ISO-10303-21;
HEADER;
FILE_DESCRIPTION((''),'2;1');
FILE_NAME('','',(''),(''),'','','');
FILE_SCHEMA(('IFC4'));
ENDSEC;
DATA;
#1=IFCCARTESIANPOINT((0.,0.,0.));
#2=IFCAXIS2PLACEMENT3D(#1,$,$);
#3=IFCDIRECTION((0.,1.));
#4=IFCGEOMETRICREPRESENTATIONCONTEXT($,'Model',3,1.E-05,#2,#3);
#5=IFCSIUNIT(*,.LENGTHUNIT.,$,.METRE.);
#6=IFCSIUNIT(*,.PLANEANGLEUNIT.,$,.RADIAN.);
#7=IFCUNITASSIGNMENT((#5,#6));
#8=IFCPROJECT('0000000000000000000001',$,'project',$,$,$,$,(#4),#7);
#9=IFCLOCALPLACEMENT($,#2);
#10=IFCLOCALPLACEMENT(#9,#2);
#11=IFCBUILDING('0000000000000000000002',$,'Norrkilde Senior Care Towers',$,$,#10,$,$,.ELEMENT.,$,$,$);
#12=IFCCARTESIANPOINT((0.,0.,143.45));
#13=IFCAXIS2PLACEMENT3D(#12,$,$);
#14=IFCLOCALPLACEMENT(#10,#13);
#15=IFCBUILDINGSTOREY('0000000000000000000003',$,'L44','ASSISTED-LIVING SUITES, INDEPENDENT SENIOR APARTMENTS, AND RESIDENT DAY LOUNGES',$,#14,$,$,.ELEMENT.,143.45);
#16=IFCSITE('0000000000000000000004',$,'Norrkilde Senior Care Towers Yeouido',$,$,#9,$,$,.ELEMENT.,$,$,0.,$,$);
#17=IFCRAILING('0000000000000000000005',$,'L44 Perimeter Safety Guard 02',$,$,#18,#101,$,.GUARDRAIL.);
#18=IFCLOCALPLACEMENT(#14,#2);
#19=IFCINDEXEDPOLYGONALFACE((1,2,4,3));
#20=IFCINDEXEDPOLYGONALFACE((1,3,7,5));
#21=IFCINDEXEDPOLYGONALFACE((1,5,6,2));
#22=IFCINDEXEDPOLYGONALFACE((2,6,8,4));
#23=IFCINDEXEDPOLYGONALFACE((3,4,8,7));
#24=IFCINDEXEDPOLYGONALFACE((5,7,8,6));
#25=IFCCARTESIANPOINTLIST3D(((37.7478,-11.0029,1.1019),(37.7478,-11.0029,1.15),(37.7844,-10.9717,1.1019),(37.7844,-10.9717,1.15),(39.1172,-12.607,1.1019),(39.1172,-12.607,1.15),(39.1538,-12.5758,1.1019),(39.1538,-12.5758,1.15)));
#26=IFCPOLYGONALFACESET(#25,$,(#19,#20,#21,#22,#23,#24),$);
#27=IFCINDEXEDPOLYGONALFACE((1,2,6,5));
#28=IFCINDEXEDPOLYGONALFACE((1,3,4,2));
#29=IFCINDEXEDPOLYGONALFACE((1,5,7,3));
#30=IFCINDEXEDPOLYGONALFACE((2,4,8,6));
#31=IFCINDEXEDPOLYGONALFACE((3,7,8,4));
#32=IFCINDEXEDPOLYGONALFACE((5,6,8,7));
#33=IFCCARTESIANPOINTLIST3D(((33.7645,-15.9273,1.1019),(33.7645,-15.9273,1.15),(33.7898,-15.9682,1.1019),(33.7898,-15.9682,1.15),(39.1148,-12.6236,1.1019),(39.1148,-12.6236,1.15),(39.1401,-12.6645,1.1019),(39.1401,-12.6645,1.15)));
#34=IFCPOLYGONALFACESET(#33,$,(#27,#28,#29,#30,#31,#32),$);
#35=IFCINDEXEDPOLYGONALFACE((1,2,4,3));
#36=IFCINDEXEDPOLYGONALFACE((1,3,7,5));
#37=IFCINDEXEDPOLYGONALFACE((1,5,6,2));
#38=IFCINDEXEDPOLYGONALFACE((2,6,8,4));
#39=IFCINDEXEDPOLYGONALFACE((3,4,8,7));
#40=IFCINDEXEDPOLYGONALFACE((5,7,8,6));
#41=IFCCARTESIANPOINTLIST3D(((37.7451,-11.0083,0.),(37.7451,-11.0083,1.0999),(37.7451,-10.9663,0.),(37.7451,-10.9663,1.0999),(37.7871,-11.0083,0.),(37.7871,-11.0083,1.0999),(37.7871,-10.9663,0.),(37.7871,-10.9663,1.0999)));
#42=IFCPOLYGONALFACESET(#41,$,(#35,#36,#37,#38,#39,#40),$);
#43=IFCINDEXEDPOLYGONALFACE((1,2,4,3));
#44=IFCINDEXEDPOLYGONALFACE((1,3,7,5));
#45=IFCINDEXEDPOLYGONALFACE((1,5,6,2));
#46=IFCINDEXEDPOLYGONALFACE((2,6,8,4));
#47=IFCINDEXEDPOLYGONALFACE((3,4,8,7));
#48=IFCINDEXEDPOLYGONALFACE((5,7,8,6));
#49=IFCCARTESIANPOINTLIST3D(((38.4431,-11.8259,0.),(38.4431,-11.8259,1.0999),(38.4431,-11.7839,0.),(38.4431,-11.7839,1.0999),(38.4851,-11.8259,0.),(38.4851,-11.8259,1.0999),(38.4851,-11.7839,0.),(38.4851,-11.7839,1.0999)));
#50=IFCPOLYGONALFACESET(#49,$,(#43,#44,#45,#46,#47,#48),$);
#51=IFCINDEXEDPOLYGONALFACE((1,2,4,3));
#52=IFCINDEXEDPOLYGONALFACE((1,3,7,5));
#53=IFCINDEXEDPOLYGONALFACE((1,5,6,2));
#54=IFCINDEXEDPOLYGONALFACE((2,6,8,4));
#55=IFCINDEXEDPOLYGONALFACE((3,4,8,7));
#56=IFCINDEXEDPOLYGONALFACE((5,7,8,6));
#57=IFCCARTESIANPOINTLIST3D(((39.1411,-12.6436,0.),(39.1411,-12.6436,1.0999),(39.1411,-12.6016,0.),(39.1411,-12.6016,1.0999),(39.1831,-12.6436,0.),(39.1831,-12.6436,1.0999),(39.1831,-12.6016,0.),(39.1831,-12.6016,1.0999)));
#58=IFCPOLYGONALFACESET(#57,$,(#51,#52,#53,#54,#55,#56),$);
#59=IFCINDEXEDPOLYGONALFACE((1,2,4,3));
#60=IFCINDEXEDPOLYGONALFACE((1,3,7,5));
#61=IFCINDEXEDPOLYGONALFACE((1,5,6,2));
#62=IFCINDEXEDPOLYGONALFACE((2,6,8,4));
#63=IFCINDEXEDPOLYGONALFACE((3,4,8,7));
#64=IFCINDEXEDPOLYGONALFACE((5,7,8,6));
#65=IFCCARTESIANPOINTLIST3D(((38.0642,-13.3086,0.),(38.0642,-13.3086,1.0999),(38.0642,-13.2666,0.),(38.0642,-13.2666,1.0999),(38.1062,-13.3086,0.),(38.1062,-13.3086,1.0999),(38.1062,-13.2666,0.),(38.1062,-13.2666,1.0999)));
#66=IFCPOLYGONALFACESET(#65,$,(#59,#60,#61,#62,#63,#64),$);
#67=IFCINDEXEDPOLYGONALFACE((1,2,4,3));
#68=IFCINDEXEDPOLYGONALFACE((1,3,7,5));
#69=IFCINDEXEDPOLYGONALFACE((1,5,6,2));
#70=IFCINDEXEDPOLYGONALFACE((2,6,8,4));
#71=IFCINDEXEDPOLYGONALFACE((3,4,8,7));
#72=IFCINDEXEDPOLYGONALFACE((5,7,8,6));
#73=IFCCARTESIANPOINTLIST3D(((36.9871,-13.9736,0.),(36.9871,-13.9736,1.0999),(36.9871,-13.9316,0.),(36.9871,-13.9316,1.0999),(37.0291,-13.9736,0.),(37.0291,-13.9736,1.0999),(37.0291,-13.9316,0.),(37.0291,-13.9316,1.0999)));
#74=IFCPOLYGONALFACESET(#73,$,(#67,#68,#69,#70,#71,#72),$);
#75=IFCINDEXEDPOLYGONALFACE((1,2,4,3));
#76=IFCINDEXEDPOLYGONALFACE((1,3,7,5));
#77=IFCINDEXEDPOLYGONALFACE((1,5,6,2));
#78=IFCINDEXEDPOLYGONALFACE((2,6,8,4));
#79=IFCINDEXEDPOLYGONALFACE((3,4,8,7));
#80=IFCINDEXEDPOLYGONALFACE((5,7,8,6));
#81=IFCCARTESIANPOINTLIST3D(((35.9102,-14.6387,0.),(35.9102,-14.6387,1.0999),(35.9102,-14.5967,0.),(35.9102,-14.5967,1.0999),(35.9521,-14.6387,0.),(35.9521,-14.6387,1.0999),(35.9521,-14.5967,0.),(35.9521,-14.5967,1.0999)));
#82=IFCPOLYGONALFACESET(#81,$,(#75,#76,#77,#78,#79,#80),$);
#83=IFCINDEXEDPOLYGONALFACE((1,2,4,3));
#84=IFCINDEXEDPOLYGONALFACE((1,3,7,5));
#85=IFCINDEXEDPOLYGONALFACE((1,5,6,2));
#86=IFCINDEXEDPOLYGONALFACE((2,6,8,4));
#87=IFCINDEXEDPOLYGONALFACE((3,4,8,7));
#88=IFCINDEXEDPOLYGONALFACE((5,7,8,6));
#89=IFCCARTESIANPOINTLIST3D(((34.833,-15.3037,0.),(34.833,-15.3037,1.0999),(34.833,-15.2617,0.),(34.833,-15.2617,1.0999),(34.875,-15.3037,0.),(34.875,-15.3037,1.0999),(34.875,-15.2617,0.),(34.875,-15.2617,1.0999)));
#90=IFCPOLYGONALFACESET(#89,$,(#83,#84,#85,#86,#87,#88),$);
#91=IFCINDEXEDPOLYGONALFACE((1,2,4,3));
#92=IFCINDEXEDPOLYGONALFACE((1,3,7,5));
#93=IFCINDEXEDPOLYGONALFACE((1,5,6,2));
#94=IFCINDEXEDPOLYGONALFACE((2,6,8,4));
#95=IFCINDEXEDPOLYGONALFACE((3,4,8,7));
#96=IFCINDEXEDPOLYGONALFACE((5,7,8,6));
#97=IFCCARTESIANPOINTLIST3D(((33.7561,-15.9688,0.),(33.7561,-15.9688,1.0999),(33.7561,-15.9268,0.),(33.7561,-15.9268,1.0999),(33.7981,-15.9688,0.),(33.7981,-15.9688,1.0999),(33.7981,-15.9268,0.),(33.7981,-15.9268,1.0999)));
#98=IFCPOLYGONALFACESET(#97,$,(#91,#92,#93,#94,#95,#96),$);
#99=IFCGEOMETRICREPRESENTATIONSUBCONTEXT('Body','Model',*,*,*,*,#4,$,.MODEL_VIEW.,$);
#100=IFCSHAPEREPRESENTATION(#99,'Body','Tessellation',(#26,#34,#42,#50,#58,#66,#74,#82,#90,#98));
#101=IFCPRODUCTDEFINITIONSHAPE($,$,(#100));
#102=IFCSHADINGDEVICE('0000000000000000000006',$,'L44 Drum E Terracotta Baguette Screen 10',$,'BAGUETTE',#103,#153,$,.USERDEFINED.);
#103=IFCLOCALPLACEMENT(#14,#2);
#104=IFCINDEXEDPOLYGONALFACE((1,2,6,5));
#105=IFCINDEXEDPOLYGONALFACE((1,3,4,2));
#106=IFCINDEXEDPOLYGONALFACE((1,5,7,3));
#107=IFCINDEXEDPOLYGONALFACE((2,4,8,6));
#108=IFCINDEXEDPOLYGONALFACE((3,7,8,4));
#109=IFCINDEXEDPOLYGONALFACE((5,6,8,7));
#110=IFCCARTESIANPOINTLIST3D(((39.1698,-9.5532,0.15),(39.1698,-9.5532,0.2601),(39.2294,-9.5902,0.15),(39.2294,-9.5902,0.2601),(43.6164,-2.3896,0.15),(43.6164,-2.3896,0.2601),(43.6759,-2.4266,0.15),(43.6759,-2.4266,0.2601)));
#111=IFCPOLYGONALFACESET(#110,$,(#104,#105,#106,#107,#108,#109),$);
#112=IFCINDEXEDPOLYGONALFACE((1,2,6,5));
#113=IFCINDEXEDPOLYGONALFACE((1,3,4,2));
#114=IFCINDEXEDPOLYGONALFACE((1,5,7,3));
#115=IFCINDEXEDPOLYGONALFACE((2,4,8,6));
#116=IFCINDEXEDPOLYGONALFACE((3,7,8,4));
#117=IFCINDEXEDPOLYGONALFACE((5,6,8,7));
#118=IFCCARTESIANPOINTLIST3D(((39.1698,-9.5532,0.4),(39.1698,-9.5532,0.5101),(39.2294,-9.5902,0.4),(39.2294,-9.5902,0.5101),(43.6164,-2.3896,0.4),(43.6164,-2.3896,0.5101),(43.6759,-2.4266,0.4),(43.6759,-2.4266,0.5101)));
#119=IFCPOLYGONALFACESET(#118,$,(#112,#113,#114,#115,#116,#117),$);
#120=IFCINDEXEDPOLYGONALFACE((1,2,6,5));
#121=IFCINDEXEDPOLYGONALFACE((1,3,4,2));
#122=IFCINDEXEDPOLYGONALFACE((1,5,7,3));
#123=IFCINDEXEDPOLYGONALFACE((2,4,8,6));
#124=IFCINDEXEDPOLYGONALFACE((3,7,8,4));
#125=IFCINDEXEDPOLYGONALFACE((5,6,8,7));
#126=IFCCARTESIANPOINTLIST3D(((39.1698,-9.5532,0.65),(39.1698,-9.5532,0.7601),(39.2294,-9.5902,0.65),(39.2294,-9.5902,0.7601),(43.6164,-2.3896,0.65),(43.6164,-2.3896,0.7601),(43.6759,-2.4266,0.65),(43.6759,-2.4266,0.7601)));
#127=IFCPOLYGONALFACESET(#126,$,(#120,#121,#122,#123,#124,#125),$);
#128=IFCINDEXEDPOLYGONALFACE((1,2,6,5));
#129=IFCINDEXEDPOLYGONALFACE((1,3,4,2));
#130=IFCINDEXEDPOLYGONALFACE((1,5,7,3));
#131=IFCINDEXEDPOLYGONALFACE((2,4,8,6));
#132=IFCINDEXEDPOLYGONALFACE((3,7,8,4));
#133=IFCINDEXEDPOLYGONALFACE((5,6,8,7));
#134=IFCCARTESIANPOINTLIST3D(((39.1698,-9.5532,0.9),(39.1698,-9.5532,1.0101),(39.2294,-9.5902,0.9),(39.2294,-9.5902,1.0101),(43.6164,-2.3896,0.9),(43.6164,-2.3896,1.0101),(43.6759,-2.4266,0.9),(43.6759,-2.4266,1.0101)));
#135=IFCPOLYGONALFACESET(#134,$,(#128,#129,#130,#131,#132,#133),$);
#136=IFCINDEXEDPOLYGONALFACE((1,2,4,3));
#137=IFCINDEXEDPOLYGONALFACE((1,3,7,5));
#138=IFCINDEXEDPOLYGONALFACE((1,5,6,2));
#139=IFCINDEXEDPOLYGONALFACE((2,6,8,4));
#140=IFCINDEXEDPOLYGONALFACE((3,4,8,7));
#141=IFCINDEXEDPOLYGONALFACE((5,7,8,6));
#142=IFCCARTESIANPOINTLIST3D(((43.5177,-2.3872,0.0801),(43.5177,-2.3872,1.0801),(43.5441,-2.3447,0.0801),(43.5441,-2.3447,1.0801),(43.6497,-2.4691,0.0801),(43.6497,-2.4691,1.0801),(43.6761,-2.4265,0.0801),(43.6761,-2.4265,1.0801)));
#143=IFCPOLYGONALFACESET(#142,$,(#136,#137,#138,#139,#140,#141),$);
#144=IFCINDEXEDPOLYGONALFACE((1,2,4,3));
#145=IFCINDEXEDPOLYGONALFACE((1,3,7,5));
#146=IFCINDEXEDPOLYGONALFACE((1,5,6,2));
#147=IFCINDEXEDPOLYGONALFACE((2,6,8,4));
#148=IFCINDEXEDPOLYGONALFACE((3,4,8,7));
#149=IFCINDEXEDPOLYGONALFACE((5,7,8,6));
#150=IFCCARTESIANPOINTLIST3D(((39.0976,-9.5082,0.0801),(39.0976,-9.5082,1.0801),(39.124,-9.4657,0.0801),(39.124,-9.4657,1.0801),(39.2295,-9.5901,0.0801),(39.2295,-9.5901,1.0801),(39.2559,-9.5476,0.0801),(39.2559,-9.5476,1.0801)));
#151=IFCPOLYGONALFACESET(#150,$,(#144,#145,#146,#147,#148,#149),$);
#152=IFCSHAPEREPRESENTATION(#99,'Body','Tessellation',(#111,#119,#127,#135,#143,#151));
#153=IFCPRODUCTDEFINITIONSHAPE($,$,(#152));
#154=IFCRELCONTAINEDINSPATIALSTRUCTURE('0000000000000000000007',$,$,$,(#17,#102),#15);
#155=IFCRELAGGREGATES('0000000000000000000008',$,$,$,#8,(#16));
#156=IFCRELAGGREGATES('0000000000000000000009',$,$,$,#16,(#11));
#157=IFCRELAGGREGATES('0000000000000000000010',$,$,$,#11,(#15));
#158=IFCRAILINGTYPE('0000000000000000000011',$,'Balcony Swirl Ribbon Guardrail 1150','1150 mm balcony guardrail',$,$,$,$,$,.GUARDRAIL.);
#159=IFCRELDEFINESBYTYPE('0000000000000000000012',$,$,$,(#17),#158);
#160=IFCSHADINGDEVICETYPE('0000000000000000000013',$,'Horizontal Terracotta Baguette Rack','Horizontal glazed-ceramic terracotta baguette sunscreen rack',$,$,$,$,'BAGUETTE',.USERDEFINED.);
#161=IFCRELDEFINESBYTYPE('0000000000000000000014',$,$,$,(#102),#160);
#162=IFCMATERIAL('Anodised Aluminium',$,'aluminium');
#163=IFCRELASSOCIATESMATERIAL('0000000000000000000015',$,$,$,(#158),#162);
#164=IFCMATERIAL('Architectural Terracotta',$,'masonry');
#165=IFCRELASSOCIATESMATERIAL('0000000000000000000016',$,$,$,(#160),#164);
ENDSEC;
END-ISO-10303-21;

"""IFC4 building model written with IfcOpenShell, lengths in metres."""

from ifc_helpers import new_model, si_unit, direction, frame, origin, origin_2d, place, context, subcontext, project, spatial, rectangle, extrude, source, transform, mapped, material, type_object, type_shapes, element, save


model = new_model("IFC4")

# Units and contexts
model_context = context("Model", 3, precision=1e-05, world=origin(), true_north=direction((0.0, 1.0)))
body_context = subcontext(model_context, "Body", "Model", "MODEL_VIEW")
ifc_project = project(units=[si_unit("LENGTHUNIT", "METRE"), si_unit("PLANEANGLEUNIT", "RADIAN")], contexts=[model_context])

# Site, building, storey
site_placement = place(None, origin())
site = spatial("IfcSite", under=ifc_project, at=site_placement, Name="Norrkilde Senior Care Towers Yeouido", CompositionType="ELEMENT", RefElevation=0.0)
building_placement = place(site_placement, origin())
building = spatial("IfcBuilding", under=site, at=building_placement, Name="Norrkilde Senior Care Towers", CompositionType="ELEMENT")
storey_placement = place(building_placement, frame((0.0, 0.0, 143.45)))
storey = spatial("IfcBuildingStorey", under=building, at=storey_placement, Name="L44", Description="ASSISTED-LIVING SUITES, INDEPENDENT SENIOR APARTMENTS, AND RESIDENT DAY LOUNGES", CompositionType="ELEMENT", Elevation=143.45)

# Shared definitions
ifc_material_1 = material(Name="Anodised Aluminium", Category="aluminium")

# Railing
railing_type = type_object("IfcRailingType", Name="Balcony Swirl Ribbon Guardrail 1150", Description="1150 mm balcony guardrail", PredefinedType="GUARDRAIL", material=ifc_material_1)
railing_placement = place(storey_placement, frame((37.7661, -10.9873, 0.0)))
element("IfcRailing", 1, at=railing_placement, inside=storey, type_object=railing_type, Name="L44 Perimeter Safety Guard 02", PredefinedType="GUARDRAIL", context=body_context, shape_type="SweptSolid", body=[
    extrude(rectangle(XDim=0.0481, YDim=0.0481, at=origin_2d()), frame((0.0, 0.0, 1.126), z_axis=(0.649275, -0.760554, 0.0), x_axis=(0.760554, 0.649275, 0.0)), (0.0, 0.0, 1.0), 2.1091),
    extrude(rectangle(XDim=0.0481, YDim=0.0481, at=origin_2d()), frame((1.3613, -1.6567, 1.126), z_axis=(-0.850857, -0.525397, 0.0), x_axis=(0.525397, -0.850857, 0.0)), (0.0, 0.0, 1.0), 6.2881),
    extrude(rectangle(XDim=0.042, YDim=0.042, at=origin_2d()), origin(), (0.0, 0.0, 1.0), 1.0999),
    extrude(rectangle(XDim=0.042, YDim=0.042, at=origin_2d()), frame((0.698, -0.8176, 0.0)), (0.0, 0.0, 1.0), 1.0999),
    extrude(rectangle(XDim=0.042, YDim=0.042, at=origin_2d()), frame((1.396, -1.6353, 0.0)), (0.0, 0.0, 1.0), 1.0999),
    extrude(rectangle(XDim=0.042, YDim=0.042, at=origin_2d()), frame((0.3191, -2.3003, 0.0)), (0.0, 0.0, 1.0), 1.0999),
    extrude(rectangle(XDim=0.042, YDim=0.042, at=origin_2d()), frame((-0.7581, -2.9653, 0.0)), (0.0, 0.0, 1.0), 1.0999),
    extrude(rectangle(XDim=0.042, YDim=0.042, at=origin_2d()), frame((-1.835, -3.6304, 0.0)), (0.0, 0.0, 1.0), 1.0999),
    extrude(rectangle(XDim=0.042, YDim=0.042, at=origin_2d()), frame((-2.9121, -4.2954, 0.0)), (0.0, 0.0, 1.0), 1.0999),
    extrude(rectangle(XDim=0.042, YDim=0.042, at=origin_2d()), frame((-3.989, -4.9604, 0.0)), (0.0, 0.0, 1.0), 1.0999),
])

# Shading device
ifc_material_2 = material(Name="Architectural Terracotta", Category="masonry")
shading_device_type = type_object("IfcShadingDeviceType", Name="Horizontal Terracotta Baguette Rack", Description="Horizontal glazed-ceramic terracotta baguette sunscreen rack", ElementType="BAGUETTE", PredefinedType="USERDEFINED", material=ifc_material_2)
shared_shape_1 = source(origin(), body_context, "Body", "SweptSolid", [
    extrude(rectangle(XDim=0.0701, YDim=0.1101, at=origin_2d()), frame((0.0, 0.0901, 0.125), z_axis=(1.0, 0.0, 0.0), x_axis=(0.0, 1.0, 0.0)), (0.0, 0.0, 1.0), 8.4314),
    extrude(rectangle(XDim=0.0701, YDim=0.1101, at=origin_2d()), frame((0.0, 0.0901, 0.375), z_axis=(1.0, 0.0, 0.0), x_axis=(0.0, 1.0, 0.0)), (0.0, 0.0, 1.0), 8.4314),
    extrude(rectangle(XDim=0.0701, YDim=0.1101, at=origin_2d()), frame((0.0, 0.0901, 0.625), z_axis=(1.0, 0.0, 0.0), x_axis=(0.0, 1.0, 0.0)), (0.0, 0.0, 1.0), 8.4314),
    extrude(rectangle(XDim=0.0701, YDim=0.1101, at=origin_2d()), frame((0.0, 0.0901, 0.875), z_axis=(1.0, 0.0, 0.0), x_axis=(0.0, 1.0, 0.0)), (0.0, 0.0, 1.0), 8.4314),
    extrude(rectangle(XDim=0.05, YDim=0.1553, at=origin_2d()), frame((0.0249, 0.0476, 0.0)), (0.0, 0.0, 1.0), 1.0),
    extrude(rectangle(XDim=0.05, YDim=0.1553, at=origin_2d()), frame((8.4062, 0.0476, 0.0)), (0.0, 0.0, 1.0), 1.0),
])
type_shapes(shading_device_type, [shared_shape_1])
shading_device_placement = place(storey_placement, frame((43.5696, -2.3606, 0.0801), z_axis=(0.0, 0.0, 1.0), x_axis=(-0.527378, -0.849631, 0.0)))
element("IfcShadingDevice", 2, at=shading_device_placement, inside=storey, type_object=shading_device_type, Name="L44 Drum E Terracotta Baguette Screen 10", ObjectType="BAGUETTE", PredefinedType="USERDEFINED", context=body_context, shape_type="MappedRepresentation", body=[
    mapped(shared_shape_1, transform((0.0, 0.0, 0.0), x_axis=(1.0, 0.0, 0.0), y_axis=(0.0, 1.0, 0.0), z_axis=(0.0, 0.0, 1.0), scale=1.0)),
])

save(model, "model.ifc")
